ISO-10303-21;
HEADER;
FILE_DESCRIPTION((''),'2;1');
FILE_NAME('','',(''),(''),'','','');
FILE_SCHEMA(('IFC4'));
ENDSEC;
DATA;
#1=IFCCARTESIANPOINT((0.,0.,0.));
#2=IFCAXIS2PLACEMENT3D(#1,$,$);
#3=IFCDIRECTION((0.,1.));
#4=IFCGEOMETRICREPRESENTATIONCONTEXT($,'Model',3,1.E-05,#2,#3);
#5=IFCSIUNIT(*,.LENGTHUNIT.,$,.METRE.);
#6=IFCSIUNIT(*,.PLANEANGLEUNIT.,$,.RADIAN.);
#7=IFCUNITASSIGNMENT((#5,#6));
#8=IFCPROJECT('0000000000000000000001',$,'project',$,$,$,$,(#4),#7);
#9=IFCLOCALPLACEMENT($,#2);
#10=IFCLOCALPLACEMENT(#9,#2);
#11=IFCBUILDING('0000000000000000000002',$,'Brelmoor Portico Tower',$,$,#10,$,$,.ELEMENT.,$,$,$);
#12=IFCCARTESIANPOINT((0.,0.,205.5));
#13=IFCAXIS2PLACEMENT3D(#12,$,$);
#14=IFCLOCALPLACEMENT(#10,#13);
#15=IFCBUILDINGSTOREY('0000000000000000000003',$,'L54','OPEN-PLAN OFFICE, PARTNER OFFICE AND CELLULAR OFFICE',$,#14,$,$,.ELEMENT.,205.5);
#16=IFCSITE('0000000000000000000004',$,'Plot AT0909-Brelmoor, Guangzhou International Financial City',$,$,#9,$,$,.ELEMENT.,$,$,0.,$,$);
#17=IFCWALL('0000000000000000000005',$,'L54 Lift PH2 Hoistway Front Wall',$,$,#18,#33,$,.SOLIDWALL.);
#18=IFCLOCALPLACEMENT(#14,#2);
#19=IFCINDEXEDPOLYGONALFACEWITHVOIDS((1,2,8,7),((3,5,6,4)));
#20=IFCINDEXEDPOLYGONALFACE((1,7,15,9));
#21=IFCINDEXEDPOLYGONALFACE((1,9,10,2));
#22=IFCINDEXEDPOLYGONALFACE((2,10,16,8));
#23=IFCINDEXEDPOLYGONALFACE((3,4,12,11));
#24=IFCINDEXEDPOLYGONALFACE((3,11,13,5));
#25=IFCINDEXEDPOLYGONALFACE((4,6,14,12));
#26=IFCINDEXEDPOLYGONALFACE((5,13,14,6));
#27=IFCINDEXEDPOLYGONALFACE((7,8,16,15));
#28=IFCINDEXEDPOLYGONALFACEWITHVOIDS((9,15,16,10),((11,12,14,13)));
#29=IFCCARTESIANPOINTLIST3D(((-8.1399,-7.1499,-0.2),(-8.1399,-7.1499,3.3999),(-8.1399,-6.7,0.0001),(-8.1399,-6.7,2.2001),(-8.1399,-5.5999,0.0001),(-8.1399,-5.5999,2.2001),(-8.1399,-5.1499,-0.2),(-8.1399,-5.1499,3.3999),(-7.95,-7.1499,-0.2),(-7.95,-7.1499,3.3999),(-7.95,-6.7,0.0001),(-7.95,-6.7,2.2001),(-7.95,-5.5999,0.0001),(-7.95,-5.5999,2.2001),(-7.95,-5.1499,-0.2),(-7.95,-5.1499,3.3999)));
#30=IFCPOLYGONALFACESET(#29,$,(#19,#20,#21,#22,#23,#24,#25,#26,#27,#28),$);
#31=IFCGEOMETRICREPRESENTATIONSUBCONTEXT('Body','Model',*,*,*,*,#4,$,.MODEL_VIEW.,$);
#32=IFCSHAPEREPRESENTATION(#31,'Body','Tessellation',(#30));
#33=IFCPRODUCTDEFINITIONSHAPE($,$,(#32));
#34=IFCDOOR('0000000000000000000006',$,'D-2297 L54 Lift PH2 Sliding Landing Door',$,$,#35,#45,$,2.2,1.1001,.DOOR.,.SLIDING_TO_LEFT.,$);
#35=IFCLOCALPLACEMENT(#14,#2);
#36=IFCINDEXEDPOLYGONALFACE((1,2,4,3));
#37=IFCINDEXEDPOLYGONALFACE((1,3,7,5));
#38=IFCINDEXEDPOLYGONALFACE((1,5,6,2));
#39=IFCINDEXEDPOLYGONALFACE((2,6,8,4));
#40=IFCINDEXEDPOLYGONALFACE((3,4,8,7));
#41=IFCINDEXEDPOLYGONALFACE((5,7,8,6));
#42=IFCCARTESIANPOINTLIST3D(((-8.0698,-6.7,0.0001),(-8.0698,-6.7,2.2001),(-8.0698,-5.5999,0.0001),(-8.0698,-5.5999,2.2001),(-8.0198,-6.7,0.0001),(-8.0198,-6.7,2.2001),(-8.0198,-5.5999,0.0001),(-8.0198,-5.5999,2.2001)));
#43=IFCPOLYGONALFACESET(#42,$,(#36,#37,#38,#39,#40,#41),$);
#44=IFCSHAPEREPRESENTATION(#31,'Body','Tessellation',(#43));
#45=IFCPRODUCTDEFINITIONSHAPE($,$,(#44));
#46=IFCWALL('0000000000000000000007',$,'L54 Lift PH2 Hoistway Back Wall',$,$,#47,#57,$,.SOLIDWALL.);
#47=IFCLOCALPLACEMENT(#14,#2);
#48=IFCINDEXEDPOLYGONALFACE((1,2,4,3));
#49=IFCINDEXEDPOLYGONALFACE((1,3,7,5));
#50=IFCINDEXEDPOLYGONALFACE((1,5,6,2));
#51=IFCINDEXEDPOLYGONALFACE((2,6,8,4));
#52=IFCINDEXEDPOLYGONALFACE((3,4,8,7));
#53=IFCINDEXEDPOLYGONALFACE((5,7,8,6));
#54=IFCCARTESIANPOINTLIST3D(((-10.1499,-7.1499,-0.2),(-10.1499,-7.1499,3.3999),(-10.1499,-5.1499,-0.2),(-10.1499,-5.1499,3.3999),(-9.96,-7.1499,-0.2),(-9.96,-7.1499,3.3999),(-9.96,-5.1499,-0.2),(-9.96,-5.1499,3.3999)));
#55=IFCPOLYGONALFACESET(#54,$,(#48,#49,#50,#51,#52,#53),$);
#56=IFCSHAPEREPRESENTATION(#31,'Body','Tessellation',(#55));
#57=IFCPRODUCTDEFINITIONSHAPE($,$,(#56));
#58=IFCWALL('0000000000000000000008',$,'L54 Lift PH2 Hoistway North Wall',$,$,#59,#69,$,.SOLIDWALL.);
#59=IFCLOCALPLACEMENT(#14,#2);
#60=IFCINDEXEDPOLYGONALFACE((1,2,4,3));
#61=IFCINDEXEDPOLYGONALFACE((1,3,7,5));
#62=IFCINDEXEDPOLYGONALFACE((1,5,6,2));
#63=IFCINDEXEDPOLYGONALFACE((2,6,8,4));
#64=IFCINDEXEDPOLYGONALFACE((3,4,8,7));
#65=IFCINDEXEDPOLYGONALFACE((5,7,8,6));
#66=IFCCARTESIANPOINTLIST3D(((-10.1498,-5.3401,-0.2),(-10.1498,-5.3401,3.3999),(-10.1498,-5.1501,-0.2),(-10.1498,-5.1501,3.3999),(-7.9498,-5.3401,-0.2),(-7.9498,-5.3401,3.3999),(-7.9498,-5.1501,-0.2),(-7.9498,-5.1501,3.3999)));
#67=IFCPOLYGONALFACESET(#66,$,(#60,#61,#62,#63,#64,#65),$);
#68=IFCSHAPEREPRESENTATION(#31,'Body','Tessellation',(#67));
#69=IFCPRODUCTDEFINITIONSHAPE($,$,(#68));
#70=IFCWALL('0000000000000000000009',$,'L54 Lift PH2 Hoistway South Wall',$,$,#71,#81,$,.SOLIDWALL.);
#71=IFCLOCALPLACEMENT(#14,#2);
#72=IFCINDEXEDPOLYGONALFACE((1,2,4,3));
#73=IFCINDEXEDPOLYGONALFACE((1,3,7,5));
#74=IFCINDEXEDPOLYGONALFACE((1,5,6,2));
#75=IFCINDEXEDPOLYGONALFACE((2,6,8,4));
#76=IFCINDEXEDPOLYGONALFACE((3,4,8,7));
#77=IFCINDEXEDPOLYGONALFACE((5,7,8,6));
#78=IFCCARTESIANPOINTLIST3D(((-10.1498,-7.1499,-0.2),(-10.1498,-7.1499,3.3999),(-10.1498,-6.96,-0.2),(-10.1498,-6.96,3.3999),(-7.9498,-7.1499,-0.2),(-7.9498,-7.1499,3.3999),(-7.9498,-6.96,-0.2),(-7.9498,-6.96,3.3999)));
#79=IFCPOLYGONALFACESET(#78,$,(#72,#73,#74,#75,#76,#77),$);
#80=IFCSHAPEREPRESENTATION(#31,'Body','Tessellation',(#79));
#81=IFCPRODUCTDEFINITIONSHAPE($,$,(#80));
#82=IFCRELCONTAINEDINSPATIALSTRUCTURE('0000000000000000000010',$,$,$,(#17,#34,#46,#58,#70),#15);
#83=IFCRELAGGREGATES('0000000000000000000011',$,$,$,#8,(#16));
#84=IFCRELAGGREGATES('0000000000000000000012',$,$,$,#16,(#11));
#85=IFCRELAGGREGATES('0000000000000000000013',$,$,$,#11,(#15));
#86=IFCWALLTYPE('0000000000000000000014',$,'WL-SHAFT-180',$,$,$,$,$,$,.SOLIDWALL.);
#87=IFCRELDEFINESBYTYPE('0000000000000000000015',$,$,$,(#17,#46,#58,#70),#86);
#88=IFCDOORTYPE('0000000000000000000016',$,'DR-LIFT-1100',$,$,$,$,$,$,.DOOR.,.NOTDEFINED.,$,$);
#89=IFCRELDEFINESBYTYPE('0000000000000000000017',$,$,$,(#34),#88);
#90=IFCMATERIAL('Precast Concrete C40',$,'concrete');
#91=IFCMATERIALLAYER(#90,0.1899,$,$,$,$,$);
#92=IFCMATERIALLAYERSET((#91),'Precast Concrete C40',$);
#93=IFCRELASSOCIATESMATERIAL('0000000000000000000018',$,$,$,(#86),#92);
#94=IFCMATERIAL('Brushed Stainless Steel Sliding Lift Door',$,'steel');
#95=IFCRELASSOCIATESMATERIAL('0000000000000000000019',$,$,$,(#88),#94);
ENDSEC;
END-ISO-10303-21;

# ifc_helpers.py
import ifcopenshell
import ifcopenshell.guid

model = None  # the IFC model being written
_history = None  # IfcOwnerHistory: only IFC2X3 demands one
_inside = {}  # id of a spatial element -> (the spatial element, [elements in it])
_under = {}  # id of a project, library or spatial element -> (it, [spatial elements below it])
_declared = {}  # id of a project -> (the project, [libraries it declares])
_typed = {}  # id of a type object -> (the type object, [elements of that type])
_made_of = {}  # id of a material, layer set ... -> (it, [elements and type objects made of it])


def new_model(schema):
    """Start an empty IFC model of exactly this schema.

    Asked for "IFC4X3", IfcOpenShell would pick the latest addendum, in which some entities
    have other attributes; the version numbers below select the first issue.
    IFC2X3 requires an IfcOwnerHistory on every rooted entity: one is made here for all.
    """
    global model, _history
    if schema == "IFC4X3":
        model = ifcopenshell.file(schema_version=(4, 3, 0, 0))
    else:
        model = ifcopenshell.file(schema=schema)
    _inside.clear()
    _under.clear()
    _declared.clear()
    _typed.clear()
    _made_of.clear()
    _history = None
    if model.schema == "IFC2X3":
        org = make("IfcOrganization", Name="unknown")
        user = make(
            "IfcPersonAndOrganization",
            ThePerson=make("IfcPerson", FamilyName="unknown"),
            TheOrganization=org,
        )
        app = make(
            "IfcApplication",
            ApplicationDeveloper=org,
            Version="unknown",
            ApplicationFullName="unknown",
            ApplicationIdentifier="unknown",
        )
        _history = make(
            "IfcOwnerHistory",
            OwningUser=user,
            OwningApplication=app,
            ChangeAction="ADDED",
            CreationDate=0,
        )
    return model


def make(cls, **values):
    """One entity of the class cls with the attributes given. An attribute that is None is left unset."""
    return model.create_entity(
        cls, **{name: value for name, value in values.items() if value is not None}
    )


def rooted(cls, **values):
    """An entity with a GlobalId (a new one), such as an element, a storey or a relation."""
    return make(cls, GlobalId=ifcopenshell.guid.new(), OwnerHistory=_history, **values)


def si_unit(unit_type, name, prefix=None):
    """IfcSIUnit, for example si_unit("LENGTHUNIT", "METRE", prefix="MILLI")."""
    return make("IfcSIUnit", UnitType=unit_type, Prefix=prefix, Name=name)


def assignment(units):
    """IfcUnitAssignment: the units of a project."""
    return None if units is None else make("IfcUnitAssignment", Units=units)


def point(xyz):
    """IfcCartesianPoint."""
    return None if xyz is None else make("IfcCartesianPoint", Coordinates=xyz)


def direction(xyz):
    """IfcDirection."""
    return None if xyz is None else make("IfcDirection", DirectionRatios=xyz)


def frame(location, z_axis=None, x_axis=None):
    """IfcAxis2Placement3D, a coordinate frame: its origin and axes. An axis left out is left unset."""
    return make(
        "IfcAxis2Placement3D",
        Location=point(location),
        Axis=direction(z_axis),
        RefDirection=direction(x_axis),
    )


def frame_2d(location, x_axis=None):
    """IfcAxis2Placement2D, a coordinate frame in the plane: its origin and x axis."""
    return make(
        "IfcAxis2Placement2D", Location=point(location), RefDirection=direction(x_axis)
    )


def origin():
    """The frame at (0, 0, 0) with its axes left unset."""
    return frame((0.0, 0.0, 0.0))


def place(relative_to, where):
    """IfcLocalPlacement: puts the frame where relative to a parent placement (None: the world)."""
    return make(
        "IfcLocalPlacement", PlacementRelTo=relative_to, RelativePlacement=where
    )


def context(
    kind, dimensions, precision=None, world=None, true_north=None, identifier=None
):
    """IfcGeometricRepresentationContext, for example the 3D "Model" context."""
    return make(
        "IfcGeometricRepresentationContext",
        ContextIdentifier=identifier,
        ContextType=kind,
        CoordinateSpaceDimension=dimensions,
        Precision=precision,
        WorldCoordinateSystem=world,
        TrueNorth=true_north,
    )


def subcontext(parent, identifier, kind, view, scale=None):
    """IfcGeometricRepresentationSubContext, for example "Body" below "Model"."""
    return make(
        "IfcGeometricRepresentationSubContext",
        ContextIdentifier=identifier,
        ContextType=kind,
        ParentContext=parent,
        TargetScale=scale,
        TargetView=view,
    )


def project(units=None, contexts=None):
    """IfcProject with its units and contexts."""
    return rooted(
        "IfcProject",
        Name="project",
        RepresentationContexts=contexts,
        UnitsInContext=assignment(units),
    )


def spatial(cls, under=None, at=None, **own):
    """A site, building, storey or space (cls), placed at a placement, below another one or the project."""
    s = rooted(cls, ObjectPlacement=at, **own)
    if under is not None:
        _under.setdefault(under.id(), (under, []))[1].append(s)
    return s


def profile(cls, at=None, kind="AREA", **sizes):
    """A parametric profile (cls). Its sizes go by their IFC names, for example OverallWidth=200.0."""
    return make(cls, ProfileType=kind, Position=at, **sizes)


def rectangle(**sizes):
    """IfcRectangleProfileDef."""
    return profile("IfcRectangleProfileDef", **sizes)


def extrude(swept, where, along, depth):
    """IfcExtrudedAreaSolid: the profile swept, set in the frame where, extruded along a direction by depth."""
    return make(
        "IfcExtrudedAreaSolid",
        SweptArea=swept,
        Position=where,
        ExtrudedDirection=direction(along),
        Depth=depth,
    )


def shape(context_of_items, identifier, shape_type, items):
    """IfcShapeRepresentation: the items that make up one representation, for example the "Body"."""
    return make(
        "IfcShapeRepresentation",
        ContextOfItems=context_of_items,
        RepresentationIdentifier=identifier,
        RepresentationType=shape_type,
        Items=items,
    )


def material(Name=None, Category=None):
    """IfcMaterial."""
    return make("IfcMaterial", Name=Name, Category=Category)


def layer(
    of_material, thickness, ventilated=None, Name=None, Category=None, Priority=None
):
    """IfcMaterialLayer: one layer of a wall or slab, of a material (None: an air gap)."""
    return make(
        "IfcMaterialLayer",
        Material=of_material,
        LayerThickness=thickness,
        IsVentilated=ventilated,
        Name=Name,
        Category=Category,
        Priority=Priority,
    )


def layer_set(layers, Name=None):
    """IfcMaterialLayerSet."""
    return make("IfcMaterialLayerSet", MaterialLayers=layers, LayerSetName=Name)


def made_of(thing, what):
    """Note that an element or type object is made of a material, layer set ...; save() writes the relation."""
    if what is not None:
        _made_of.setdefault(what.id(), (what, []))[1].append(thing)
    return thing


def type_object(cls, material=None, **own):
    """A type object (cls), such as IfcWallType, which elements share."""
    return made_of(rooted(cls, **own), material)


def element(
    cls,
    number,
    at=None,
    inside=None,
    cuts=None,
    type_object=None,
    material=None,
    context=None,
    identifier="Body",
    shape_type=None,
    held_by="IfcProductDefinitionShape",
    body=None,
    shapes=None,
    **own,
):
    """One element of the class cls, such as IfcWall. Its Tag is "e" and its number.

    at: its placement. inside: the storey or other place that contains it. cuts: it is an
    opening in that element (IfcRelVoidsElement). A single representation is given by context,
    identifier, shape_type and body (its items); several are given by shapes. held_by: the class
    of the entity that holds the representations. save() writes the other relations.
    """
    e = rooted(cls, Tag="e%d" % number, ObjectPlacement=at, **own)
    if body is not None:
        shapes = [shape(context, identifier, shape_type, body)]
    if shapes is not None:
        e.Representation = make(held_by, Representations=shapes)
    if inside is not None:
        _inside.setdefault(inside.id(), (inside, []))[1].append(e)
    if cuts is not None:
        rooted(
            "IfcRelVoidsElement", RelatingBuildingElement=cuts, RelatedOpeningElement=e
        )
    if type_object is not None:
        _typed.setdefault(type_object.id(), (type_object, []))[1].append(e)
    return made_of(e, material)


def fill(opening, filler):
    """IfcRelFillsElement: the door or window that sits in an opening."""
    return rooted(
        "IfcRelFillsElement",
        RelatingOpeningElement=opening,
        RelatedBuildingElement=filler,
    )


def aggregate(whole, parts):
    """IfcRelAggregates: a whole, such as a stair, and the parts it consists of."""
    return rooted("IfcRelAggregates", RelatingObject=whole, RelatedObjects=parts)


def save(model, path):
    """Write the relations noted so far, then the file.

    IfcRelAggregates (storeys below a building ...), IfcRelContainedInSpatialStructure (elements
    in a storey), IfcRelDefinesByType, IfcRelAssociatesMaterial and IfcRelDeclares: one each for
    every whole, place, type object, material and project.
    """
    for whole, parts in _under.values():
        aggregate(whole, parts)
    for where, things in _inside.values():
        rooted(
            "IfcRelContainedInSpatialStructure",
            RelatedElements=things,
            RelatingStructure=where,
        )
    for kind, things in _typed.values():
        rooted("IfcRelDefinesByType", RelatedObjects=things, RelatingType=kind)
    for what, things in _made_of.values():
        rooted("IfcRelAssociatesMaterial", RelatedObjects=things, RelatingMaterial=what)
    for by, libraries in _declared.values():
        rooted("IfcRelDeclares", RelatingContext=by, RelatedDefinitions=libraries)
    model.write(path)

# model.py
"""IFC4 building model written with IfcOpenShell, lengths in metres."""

from ifc_helpers import new_model, si_unit, direction, frame, frame_2d, origin, place, context, subcontext, project, spatial, rectangle, extrude, material, layer, layer_set, type_object, element, fill, save


model = new_model("IFC4")

# Units and contexts
model_context = context("Model", 3, precision=1e-05, world=origin(), true_north=direction((0.0, 1.0)))
body_context = subcontext(model_context, "Body", "Model", "MODEL_VIEW")
ifc_project = project(units=[si_unit("LENGTHUNIT", "METRE"), si_unit("PLANEANGLEUNIT", "RADIAN")], contexts=[model_context])

# Site, building, storey
site_placement = place(None, origin())
site = spatial("IfcSite", under=ifc_project, at=site_placement, Name="Plot AT0909-Brelmoor, Guangzhou International Financial City", CompositionType="ELEMENT", RefElevation=0.0)
building_placement = place(site_placement, origin())
building = spatial("IfcBuilding", under=site, at=building_placement, Name="Brelmoor Portico Tower", CompositionType="ELEMENT")
storey_placement = place(building_placement, frame((0.0, 0.0, 205.5)))
storey = spatial("IfcBuildingStorey", under=building, at=storey_placement, Name="L54", Description="OPEN-PLAN OFFICE, PARTNER OFFICE AND CELLULAR OFFICE", CompositionType="ELEMENT", Elevation=205.5)

# Shared definitions
ifc_material_1 = material(Name="Precast Concrete C40", Category="concrete")
ifc_layer_1 = layer(ifc_material_1, 0.1899)
ifc_layer_set_1 = layer_set([ifc_layer_1], Name="Precast Concrete C40")
wall_type_1 = type_object("IfcWallType", Name="WL-SHAFT-180", PredefinedType="SOLIDWALL", material=ifc_layer_set_1)

# Wall, opening, door
wall_1_placement = place(storey_placement, frame((-8.0449, -7.1499, -0.2), z_axis=(0.0, 0.0, 1.0), x_axis=(0.0, 1.0, 0.0)))
wall_1 = element("IfcWall", 1, at=wall_1_placement, inside=storey, type_object=wall_type_1, Name="L54 Lift PH2 Hoistway Front Wall", PredefinedType="SOLIDWALL", context=body_context, shape_type="SweptSolid", body=[
    extrude(rectangle(XDim=2.0, YDim=0.1899, at=frame_2d((1.0, 0.0))), origin(), (0.0, 0.0, 1.0), 3.5999),
])
opening_1_placement = place(wall_1_placement, frame((0.45, 0.0, 0.2)))
opening_1 = element("IfcOpeningElement", 2, at=opening_1_placement, cuts=wall_1, PredefinedType="OPENING", context=body_context, shape_type="SweptSolid", body=[
    extrude(rectangle(XDim=1.1001, YDim=2.2, at=frame_2d((0.55, 1.1001))), frame((0.0, 0.105, 0.0), z_axis=(0.0, -1.0, 0.0), x_axis=(1.0, 0.0, 0.0)), (0.0, 0.0, 1.0), 0.21),
])
ifc_material_2 = material(Name="Brushed Stainless Steel Sliding Lift Door", Category="steel")
door_type_1 = type_object("IfcDoorType", Name="DR-LIFT-1100", OperationType="NOTDEFINED", PredefinedType="DOOR", material=ifc_material_2)
door_1_placement = place(opening_1_placement, origin())
door_1 = element("IfcDoor", 3, at=door_1_placement, inside=storey, type_object=door_type_1, Name="D-2297 L54 Lift PH2 Sliding Landing Door", OperationType="SLIDING_TO_LEFT", OverallHeight=2.2, OverallWidth=1.1001, PredefinedType="DOOR", context=body_context, shape_type="SweptSolid", body=[
    extrude(rectangle(XDim=1.1001, YDim=2.2, at=frame_2d((0.55, 1.1001))), frame((0.0, 0.0249, 0.0), z_axis=(0.0, -1.0, 0.0), x_axis=(1.0, 0.0, 0.0)), (0.0, 0.0, 1.0), 0.05),
])
fill(opening_1, door_1)

# Walls
wall_2_placement = place(storey_placement, frame((-10.0549, -7.1499, -0.2), z_axis=(0.0, 0.0, 1.0), x_axis=(0.0, 1.0, 0.0)))
element("IfcWall", 4, at=wall_2_placement, inside=storey, type_object=wall_type_1, Name="L54 Lift PH2 Hoistway Back Wall", PredefinedType="SOLIDWALL", context=body_context, shape_type="SweptSolid", body=[
    extrude(rectangle(XDim=2.0, YDim=0.1899, at=frame_2d((1.0, 0.0))), origin(), (0.0, 0.0, 1.0), 3.5999),
])
for number, where, z_axis, x_axis, name in (
    (5, (-10.1499, -5.2451, -0.2), (0.0, 0.0, 1.0), (1.0, 0.0, 0.0), "L54 Lift PH2 Hoistway North Wall"),
    (6, (-10.1499, -7.0549, -0.2), (0.0, 0.0, 1.0), (1.0, 0.0, 0.0), "L54 Lift PH2 Hoistway South Wall"),
):
    element("IfcWall", number, at=place(storey_placement, frame(where, z_axis=z_axis, x_axis=x_axis)), inside=storey, type_object=wall_type_1, Name=name, PredefinedType="SOLIDWALL", context=body_context, shape_type="SweptSolid", body=[
        extrude(rectangle(XDim=2.2, YDim=0.1899, at=frame_2d((1.1001, 0.0))), origin(), (0.0, 0.0, 1.0), 3.5999),
    ])

save(model, "model.ifc")
